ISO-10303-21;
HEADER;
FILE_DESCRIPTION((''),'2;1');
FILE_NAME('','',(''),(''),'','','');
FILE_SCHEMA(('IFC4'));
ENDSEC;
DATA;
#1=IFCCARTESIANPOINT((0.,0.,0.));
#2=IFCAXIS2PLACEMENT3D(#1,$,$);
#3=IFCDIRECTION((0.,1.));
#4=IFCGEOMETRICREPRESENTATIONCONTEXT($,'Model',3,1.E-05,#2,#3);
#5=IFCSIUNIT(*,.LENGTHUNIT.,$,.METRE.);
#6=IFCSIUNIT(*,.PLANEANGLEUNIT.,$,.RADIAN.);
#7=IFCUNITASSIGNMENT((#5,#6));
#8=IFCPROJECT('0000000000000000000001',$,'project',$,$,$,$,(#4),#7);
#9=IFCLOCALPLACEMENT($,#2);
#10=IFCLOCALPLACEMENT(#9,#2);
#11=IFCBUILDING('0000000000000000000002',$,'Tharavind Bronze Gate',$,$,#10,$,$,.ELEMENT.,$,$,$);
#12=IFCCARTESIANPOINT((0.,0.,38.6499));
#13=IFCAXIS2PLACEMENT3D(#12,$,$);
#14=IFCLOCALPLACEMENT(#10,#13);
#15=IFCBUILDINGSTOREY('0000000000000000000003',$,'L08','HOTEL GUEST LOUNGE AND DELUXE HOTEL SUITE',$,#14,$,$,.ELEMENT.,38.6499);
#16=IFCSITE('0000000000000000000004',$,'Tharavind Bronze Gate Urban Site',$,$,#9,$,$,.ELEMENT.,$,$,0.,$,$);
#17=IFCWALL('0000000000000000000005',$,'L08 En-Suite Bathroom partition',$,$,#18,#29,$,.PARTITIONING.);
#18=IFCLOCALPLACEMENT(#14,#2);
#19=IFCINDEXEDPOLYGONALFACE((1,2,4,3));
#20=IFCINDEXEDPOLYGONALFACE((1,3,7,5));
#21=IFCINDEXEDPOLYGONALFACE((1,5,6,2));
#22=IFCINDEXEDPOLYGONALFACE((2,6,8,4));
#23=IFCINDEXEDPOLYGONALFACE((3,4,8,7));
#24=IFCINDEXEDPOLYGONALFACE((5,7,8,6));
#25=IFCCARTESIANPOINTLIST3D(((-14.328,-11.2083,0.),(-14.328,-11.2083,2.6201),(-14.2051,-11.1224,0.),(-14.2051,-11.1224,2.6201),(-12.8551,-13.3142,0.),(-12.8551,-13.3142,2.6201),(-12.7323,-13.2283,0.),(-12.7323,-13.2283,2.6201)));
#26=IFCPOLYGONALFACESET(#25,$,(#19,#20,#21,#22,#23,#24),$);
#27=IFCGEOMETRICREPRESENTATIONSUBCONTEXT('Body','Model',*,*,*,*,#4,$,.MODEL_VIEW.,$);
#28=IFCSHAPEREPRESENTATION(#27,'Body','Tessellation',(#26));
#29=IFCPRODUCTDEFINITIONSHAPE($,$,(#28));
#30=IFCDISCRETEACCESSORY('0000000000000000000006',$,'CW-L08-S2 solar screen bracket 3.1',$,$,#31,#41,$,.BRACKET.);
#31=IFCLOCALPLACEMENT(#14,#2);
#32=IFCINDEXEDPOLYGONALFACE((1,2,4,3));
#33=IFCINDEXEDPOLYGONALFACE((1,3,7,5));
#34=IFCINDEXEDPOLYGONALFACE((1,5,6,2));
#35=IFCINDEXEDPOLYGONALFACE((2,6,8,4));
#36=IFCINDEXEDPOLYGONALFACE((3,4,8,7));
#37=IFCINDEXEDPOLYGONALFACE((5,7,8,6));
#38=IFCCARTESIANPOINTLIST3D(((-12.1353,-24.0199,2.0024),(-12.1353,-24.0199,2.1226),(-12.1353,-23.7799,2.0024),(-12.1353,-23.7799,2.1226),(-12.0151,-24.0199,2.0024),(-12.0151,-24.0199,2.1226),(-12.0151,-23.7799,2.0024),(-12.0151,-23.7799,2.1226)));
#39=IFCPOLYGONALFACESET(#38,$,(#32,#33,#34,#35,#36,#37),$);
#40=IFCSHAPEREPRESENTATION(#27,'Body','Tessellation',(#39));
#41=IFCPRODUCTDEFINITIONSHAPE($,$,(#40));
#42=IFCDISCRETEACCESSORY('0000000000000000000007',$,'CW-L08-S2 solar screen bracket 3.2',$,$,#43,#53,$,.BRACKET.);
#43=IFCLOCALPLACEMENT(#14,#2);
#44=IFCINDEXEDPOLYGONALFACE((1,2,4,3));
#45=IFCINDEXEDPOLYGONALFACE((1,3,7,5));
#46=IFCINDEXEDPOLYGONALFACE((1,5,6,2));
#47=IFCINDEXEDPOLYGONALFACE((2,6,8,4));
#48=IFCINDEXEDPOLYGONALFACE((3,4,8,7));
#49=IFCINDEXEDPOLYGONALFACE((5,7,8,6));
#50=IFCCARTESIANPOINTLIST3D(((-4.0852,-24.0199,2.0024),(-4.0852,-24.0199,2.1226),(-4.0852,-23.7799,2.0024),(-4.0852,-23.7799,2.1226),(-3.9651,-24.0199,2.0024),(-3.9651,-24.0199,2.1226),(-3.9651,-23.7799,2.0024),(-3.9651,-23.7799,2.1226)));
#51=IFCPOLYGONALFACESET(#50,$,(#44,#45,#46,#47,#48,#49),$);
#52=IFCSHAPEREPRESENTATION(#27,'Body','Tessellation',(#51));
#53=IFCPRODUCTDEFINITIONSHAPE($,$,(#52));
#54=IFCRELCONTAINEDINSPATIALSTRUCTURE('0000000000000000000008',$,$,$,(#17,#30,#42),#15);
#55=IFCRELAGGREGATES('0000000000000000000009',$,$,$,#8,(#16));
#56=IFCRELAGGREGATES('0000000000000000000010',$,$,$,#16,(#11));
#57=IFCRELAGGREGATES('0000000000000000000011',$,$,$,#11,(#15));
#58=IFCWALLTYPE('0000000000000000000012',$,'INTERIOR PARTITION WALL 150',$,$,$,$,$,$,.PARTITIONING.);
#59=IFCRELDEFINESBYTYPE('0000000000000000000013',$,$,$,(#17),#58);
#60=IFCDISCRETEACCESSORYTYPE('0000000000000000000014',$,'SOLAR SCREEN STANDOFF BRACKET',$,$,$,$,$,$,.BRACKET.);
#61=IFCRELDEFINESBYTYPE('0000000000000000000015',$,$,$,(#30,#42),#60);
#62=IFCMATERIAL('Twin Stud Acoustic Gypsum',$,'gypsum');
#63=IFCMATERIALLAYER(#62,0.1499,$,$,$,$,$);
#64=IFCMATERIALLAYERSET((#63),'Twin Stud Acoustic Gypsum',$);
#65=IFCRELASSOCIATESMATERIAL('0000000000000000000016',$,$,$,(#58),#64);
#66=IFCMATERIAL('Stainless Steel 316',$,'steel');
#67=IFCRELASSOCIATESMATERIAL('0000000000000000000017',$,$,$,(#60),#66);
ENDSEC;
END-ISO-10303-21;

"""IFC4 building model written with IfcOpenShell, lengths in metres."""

from ifc_helpers import new_model, si_unit, direction, frame, frame_2d, origin, origin_2d, place, context, subcontext, project, spatial, rectangle, extrude, material, layer, layer_set, type_object, element, save


model = new_model("IFC4")

# Units and contexts
model_context = context("Model", 3, precision=1e-05, world=origin(), true_north=direction((0.0, 1.0)))
body_context = subcontext(model_context, "Body", "Model", "MODEL_VIEW")
ifc_project = project(units=[si_unit("LENGTHUNIT", "METRE"), si_unit("PLANEANGLEUNIT", "RADIAN")], contexts=[model_context])

# Site, building, storey
site_placement = place(None, origin())
site = spatial("IfcSite", under=ifc_project, at=site_placement, Name="Tharavind Bronze Gate Urban Site", CompositionType="ELEMENT", RefElevation=0.0)
building_placement = place(site_placement, origin())
building = spatial("IfcBuilding", under=site, at=building_placement, Name="Tharavind Bronze Gate", CompositionType="ELEMENT")
storey_placement = place(building_placement, frame((0.0, 0.0, 38.6499)))
storey = spatial("IfcBuildingStorey", under=building, at=storey_placement, Name="L08", Description="HOTEL GUEST LOUNGE AND DELUXE HOTEL SUITE", CompositionType="ELEMENT", Elevation=38.6499)

# Wall
ifc_material_1 = material(Name="Twin Stud Acoustic Gypsum", Category="gypsum")
ifc_layer_1 = layer(ifc_material_1, 0.1499)
ifc_layer_set_1 = layer_set([ifc_layer_1], Name="Twin Stud Acoustic Gypsum")
wall_type_1 = type_object("IfcWallType", Name="INTERIOR PARTITION WALL 150", PredefinedType="PARTITIONING", material=ifc_layer_set_1)
wall_1_placement = place(storey_placement, frame((-12.7937, -13.2712, 0.0), z_axis=(0.0, 0.0, 1.0), x_axis=(-0.573131, 0.819464, 0.0)))
element("IfcWall", 1, at=wall_1_placement, inside=storey, type_object=wall_type_1, Name="L08 En-Suite Bathroom partition", PredefinedType="PARTITIONING", context=body_context, shape_type="SweptSolid", body=[
    extrude(rectangle(XDim=2.5698, YDim=0.1499, at=frame_2d((1.2849, 0.0))), origin(), (0.0, 0.0, 1.0), 2.6201),
])

# Discrete accessories
ifc_material_2 = material(Name="Stainless Steel 316", Category="steel")
discrete_accessory_type = type_object("IfcDiscreteAccessoryType", Name="SOLAR SCREEN STANDOFF BRACKET", PredefinedType="BRACKET", material=ifc_material_2)
for number, where, z_axis, x_axis, name in (
    (2, (-12.0752, -23.8999, 2.0024), (0.0, 0.0, 1.0), (1.0, 0.0, 0.0), "CW-L08-S2 solar screen bracket 3.1"),
    (3, (-4.0251, -23.8999, 2.0024), (0.0, 0.0, 1.0), (1.0, 0.0, 0.0), "CW-L08-S2 solar screen bracket 3.2"),
):
    element("IfcDiscreteAccessory", number, at=place(storey_placement, frame(where, z_axis=z_axis, x_axis=x_axis)), inside=storey, type_object=discrete_accessory_type, Name=name, PredefinedType="BRACKET", context=body_context, shape_type="SweptSolid", body=[
        extrude(rectangle(XDim=0.1201, YDim=0.24, at=origin_2d()), origin(), (0.0, 0.0, 1.0), 0.1201),
    ])

save(model, "model.ifc")
